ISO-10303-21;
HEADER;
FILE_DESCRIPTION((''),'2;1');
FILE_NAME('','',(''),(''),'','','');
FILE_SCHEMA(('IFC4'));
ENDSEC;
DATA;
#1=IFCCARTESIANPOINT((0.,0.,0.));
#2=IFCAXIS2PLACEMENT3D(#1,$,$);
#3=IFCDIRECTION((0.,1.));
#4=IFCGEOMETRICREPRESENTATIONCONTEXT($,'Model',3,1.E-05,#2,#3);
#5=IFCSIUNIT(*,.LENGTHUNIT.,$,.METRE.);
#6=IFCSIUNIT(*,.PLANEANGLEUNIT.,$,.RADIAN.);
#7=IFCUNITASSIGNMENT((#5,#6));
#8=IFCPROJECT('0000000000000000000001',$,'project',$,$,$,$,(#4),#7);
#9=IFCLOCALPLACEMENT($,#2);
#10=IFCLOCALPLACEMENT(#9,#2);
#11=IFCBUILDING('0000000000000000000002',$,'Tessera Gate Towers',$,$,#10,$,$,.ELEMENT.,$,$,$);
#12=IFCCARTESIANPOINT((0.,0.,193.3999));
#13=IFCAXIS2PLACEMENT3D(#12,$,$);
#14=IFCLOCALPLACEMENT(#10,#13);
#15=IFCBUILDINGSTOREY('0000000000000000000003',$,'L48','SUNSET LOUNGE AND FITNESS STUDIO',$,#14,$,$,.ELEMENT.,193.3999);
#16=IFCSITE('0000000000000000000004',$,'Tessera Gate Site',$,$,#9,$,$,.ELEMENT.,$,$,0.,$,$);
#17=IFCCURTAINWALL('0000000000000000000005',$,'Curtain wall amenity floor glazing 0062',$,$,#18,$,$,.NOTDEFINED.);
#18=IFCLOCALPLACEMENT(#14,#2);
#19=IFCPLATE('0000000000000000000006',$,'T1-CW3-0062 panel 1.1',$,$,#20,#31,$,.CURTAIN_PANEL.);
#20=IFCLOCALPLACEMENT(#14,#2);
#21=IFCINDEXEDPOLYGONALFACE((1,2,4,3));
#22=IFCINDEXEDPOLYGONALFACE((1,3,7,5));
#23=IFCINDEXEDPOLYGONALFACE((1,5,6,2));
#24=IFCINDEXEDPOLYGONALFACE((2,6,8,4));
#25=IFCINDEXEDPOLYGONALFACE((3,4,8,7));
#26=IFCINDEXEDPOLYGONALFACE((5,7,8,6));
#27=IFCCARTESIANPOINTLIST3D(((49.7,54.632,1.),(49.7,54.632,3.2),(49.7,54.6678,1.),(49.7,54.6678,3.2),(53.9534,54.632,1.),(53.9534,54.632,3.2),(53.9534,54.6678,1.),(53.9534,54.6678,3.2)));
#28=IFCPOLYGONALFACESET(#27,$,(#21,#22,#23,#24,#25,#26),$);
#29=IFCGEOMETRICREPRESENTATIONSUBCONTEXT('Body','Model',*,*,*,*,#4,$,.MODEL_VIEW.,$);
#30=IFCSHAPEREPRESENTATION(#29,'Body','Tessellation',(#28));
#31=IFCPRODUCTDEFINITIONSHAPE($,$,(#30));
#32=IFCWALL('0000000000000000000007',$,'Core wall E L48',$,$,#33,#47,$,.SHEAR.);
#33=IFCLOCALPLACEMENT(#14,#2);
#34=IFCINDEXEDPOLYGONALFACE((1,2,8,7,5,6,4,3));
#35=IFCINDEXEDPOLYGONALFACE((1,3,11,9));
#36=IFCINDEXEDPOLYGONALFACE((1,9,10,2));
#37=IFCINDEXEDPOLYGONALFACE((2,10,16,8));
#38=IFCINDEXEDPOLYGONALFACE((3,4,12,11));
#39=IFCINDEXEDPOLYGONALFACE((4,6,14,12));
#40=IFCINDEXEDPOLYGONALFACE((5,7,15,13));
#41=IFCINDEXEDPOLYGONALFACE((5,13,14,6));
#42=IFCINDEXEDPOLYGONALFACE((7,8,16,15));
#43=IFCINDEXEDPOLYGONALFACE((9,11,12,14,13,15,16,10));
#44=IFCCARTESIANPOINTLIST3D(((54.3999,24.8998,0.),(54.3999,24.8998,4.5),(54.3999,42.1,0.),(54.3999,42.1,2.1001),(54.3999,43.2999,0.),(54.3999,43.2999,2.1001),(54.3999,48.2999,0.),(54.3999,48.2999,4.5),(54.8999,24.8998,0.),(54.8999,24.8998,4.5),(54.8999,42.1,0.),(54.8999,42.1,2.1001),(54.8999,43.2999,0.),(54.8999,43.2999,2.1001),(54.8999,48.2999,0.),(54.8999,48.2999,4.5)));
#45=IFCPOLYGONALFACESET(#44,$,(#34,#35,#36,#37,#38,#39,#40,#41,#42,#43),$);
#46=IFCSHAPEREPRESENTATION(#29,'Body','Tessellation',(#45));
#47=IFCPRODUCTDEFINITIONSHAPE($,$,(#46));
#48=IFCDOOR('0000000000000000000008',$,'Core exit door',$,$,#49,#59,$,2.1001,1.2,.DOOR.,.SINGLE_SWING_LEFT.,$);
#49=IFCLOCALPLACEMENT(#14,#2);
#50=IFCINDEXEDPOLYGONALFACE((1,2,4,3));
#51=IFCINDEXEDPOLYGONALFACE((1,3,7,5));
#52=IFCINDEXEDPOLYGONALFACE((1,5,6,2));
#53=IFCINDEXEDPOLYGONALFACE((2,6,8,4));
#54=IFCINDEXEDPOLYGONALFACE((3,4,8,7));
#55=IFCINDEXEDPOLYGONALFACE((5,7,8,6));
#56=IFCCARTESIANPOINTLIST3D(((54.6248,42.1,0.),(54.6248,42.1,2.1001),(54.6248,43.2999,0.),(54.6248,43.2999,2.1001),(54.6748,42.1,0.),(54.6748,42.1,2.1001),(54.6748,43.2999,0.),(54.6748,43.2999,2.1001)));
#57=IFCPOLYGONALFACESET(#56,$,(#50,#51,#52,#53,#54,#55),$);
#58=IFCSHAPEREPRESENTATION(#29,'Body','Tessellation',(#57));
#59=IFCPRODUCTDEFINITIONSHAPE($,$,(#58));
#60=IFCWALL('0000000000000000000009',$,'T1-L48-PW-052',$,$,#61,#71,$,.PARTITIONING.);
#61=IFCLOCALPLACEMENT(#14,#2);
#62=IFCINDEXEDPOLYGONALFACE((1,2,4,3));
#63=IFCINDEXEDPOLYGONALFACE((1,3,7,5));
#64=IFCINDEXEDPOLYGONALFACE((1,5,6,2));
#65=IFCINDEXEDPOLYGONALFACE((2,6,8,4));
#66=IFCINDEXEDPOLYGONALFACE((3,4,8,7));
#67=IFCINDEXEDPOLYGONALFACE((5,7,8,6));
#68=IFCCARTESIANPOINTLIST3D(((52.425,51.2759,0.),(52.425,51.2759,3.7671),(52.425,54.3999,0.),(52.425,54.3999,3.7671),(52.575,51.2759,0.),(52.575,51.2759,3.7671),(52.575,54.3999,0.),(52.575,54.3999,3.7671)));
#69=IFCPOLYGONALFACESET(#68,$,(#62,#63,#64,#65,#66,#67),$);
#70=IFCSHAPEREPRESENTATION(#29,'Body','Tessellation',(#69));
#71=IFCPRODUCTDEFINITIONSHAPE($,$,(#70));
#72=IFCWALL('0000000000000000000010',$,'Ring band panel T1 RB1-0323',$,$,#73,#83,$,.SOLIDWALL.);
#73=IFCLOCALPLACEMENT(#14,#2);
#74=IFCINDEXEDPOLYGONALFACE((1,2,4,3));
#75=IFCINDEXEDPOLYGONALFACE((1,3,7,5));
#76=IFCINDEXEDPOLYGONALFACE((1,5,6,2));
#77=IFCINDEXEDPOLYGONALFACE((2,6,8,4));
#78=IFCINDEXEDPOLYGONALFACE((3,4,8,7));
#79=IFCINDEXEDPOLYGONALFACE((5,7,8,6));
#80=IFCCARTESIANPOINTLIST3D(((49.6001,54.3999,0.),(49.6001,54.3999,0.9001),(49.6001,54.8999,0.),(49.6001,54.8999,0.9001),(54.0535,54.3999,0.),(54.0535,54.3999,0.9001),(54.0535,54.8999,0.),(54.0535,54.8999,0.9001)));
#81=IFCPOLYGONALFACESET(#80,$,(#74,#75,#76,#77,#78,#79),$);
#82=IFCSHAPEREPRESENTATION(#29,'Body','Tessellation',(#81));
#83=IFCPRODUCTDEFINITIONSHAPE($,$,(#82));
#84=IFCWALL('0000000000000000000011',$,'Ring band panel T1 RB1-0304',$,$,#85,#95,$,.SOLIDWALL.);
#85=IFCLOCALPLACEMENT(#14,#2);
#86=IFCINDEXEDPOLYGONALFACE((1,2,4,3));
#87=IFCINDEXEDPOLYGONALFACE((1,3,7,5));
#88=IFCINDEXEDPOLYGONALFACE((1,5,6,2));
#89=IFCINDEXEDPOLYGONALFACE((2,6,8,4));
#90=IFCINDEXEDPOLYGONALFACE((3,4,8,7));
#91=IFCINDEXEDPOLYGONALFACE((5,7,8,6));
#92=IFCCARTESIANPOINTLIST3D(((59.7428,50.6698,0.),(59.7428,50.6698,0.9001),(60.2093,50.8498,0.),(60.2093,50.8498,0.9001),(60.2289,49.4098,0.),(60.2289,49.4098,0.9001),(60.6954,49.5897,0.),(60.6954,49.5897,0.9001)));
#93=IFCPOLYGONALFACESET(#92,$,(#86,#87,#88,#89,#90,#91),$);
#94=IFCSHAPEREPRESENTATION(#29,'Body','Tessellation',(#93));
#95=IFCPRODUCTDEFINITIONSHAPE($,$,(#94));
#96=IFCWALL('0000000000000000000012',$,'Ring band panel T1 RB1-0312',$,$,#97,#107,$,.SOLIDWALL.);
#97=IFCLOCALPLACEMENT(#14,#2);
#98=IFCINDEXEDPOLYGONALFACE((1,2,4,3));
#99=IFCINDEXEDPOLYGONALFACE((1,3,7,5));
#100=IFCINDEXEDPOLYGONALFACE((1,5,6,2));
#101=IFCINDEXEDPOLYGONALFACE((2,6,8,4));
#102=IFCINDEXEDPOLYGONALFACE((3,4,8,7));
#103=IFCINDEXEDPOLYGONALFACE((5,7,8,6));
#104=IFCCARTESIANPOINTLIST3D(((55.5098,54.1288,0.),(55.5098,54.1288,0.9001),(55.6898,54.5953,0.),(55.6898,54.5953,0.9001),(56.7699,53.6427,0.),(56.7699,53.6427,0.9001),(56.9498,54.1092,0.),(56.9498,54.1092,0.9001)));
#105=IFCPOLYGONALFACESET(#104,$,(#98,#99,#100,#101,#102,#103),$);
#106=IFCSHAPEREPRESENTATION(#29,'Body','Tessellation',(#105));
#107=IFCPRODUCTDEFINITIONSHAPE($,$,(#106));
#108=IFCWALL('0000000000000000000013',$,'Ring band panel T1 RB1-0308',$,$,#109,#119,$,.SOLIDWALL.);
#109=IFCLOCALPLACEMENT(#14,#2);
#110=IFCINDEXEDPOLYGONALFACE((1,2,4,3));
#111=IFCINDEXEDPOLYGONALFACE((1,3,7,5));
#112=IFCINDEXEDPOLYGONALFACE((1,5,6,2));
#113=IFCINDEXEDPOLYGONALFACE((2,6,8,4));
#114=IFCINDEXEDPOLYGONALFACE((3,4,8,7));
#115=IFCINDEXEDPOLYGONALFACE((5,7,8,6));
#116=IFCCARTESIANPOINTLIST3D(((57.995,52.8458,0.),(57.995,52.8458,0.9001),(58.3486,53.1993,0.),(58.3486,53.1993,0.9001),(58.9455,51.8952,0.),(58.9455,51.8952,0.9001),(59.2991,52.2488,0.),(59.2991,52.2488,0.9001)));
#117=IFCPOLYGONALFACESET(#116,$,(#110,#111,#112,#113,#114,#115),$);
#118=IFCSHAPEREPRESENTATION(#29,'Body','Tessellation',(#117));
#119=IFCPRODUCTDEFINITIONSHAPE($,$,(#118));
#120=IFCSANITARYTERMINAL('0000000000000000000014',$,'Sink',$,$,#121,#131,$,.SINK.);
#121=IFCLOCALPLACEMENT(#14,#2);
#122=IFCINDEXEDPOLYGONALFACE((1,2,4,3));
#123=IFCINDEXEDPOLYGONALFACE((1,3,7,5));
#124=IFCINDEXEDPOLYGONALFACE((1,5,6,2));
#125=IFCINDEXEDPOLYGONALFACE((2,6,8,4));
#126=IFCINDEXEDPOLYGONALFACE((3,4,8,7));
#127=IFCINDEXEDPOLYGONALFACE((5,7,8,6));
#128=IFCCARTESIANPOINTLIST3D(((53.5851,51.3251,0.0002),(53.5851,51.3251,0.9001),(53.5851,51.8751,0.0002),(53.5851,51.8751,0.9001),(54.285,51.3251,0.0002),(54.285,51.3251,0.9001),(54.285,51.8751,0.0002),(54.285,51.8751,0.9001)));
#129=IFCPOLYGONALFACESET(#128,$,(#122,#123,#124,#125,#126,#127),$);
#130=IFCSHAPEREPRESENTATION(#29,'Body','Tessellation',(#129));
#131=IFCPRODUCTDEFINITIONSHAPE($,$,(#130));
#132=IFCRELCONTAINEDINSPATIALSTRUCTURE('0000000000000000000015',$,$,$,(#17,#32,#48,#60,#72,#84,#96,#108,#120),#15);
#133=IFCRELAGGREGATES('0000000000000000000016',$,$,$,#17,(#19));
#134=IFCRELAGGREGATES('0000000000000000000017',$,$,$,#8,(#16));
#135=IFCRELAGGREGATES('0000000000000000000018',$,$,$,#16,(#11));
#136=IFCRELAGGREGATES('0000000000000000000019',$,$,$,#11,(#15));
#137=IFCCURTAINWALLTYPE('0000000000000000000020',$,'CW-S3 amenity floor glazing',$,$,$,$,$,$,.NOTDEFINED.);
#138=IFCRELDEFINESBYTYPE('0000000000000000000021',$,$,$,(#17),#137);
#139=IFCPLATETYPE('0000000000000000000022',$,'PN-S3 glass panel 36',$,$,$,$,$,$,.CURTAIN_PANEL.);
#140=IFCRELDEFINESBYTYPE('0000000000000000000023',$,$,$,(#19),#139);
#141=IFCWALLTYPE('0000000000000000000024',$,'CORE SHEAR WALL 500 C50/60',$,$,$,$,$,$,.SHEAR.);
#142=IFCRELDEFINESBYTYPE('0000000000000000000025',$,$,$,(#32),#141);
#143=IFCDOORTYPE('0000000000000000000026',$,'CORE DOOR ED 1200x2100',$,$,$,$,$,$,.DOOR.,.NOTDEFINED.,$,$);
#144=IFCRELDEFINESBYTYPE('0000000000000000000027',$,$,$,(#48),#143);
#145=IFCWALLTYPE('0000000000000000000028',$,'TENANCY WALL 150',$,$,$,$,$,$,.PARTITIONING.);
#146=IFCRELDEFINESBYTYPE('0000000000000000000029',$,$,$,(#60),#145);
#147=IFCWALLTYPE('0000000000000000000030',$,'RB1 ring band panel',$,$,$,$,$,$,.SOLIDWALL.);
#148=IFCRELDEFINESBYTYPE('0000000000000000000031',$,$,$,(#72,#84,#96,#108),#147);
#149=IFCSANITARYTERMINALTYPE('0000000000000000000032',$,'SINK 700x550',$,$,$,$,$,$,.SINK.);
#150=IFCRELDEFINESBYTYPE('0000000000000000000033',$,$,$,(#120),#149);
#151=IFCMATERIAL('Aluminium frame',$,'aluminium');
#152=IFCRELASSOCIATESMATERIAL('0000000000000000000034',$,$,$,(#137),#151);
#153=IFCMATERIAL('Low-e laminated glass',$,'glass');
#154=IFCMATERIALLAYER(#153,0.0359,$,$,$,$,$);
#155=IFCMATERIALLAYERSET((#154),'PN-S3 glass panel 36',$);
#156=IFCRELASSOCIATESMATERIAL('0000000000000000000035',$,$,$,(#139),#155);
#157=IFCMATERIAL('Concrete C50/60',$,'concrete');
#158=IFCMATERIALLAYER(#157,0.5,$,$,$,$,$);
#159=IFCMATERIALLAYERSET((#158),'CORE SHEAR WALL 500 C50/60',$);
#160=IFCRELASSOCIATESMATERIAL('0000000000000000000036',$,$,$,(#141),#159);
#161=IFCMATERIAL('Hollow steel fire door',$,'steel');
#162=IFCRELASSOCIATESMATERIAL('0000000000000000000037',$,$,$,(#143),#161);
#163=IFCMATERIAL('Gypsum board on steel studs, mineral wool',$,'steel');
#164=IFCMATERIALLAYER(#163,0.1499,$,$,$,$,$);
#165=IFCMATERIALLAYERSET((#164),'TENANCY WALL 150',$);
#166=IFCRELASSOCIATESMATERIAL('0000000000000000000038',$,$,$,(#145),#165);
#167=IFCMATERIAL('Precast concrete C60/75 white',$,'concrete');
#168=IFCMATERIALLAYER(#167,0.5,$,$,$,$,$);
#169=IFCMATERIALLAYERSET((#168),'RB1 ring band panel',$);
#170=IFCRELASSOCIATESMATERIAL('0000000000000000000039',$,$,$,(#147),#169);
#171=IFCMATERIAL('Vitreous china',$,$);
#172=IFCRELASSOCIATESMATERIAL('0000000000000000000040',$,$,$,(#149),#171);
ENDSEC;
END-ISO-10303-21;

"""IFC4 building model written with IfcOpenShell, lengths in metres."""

from ifc_helpers import new_model, si_unit, direction, frame, frame_2d, origin, origin_2d, place, context, subcontext, project, spatial, polyline, rectangle, outline, extrude, source, transform, mapped, material, layer, layer_set, type_object, element, fill, aggregate, save


model = new_model("IFC4")

# Units and contexts
model_context = context("Model", 3, precision=1e-05, world=origin(), true_north=direction((0.0, 1.0)))
body_context = subcontext(model_context, "Body", "Model", "MODEL_VIEW")
ifc_project = project(units=[si_unit("LENGTHUNIT", "METRE"), si_unit("PLANEANGLEUNIT", "RADIAN")], contexts=[model_context])

# Site, building, storey
site_placement = place(None, origin())
site = spatial("IfcSite", under=ifc_project, at=site_placement, Name="Tessera Gate Site", CompositionType="ELEMENT", RefElevation=0.0)
building_placement = place(site_placement, origin())
building = spatial("IfcBuilding", under=site, at=building_placement, Name="Tessera Gate Towers", CompositionType="ELEMENT")
storey_placement = place(building_placement, frame((0.0, 0.0, 193.3999)))
storey = spatial("IfcBuildingStorey", under=building, at=storey_placement, Name="L48", Description="SUNSET LOUNGE AND FITNESS STUDIO", CompositionType="ELEMENT", Elevation=193.3999)

# Shared definitions
ifc_material_1 = material(Name="Aluminium frame", Category="aluminium")
curtain_wall_type = type_object("IfcCurtainWallType", Name="CW-S3 amenity floor glazing", PredefinedType="NOTDEFINED", material=ifc_material_1)

# Curtain wall
curtain_wall_1_placement = place(storey_placement, origin())
curtain_wall_1 = element("IfcCurtainWall", 1, at=curtain_wall_1_placement, inside=storey, type_object=curtain_wall_type, Name="Curtain wall amenity floor glazing 0062", PredefinedType="NOTDEFINED")

# Plate
ifc_material_2 = material(Name="Low-e laminated glass", Category="glass")
ifc_layer_1 = layer(ifc_material_2, 0.0359)
ifc_layer_set_1 = layer_set([ifc_layer_1], Name="PN-S3 glass panel 36")
plate_type = type_object("IfcPlateType", Name="PN-S3 glass panel 36", PredefinedType="CURTAIN_PANEL", material=ifc_layer_set_1)
plate_1_placement = place(storey_placement, frame((51.8267, 54.6499, 1.0), z_axis=(0.0, 0.0, 1.0), x_axis=(-1.0, 0.0, 0.0)))
plate_1 = element("IfcPlate", 2, at=plate_1_placement, type_object=plate_type, Name="T1-CW3-0062 panel 1.1", PredefinedType="CURTAIN_PANEL", context=body_context, shape_type="SweptSolid", body=[
    extrude(rectangle(XDim=4.2534, YDim=0.0359, at=origin_2d()), origin(), (0.0, 0.0, 1.0), 2.2),
])
aggregate(curtain_wall_1, [plate_1])

# Wall, opening, door
ifc_material_3 = material(Name="Concrete C50/60", Category="concrete")
ifc_layer_2 = layer(ifc_material_3, 0.5)
ifc_layer_set_2 = layer_set([ifc_layer_2], Name="CORE SHEAR WALL 500 C50/60")
wall_type_1 = type_object("IfcWallType", Name="CORE SHEAR WALL 500 C50/60", PredefinedType="SHEAR", material=ifc_layer_set_2)
wall_1_placement = place(storey_placement, frame((54.6499, 48.3, 0.0), z_axis=(0.0, 0.0, 1.0), x_axis=(0.0, -1.0, 0.0)))
wall_1 = element("IfcWall", 3, at=wall_1_placement, inside=storey, type_object=wall_type_1, Name="Core wall E L48", PredefinedType="SHEAR", context=body_context, shape_type="SweptSolid", body=[
    extrude(rectangle(XDim=23.4001, YDim=0.5, at=frame_2d((11.7002, 0.0))), origin(), (0.0, 0.0, 1.0), 4.5),
])
shared_shape_1 = source(origin(), body_context, "Body", "SweptSolid", [
    extrude(rectangle(XDim=1.2, YDim=2.1001, at=frame_2d((0.6001, 1.05))), frame((0.0, 0.26, 0.0), z_axis=(0.0, -1.0, 0.0), x_axis=(1.0, 0.0, 0.0)), (0.0, 0.0, 1.0), 0.52),
])
opening_placement = place(wall_1_placement, frame((5.0, 0.0, 0.0)))
opening = element("IfcOpeningElement", 4, at=opening_placement, cuts=wall_1, PredefinedType="OPENING", context=body_context, shape_type="MappedRepresentation", body=[
    mapped(shared_shape_1, transform((0.0, 0.0, 0.0), scale=1.0)),
])
ifc_material_4 = material(Name="Hollow steel fire door", Category="steel")
door_type = type_object("IfcDoorType", Name="CORE DOOR ED 1200x2100", OperationType="NOTDEFINED", PredefinedType="DOOR", material=ifc_material_4)
shared_shape_2 = source(origin(), body_context, "Body", "SweptSolid", [
    extrude(rectangle(XDim=1.2, YDim=2.1001, at=frame_2d((0.6001, 1.05))), frame((0.0, 0.0249, 0.0), z_axis=(0.0, -1.0, 0.0), x_axis=(1.0, 0.0, 0.0)), (0.0, 0.0, 1.0), 0.05),
])
door_placement = place(opening_placement, origin())
door = element("IfcDoor", 5, at=door_placement, inside=storey, type_object=door_type, Name="Core exit door", OperationType="SINGLE_SWING_LEFT", OverallHeight=2.1001, OverallWidth=1.2, PredefinedType="DOOR", context=body_context, shape_type="MappedRepresentation", body=[
    mapped(shared_shape_2, transform((0.0, 0.0, 0.0), scale=1.0)),
])
fill(opening, door)

# Walls
ifc_material_5 = material(Name="Gypsum board on steel studs, mineral wool", Category="steel")
ifc_layer_3 = layer(ifc_material_5, 0.1499)
ifc_layer_set_3 = layer_set([ifc_layer_3], Name="TENANCY WALL 150")
wall_type_2 = type_object("IfcWallType", Name="TENANCY WALL 150", PredefinedType="PARTITIONING", material=ifc_layer_set_3)
wall_2_placement = place(storey_placement, frame((52.5, 51.2759, 0.0), z_axis=(0.0, 0.0, 1.0), x_axis=(0.0, 1.0, 0.0)))
element("IfcWall", 6, at=wall_2_placement, inside=storey, type_object=wall_type_2, Name="T1-L48-PW-052", PredefinedType="PARTITIONING", context=body_context, shape_type="SweptSolid", body=[
    extrude(rectangle(XDim=3.124, YDim=0.1499, at=frame_2d((1.562, 0.0))), origin(), (0.0, 0.0, 1.0), 3.7671),
])
ifc_material_6 = material(Name="Precast concrete C60/75 white", Category="concrete")
ifc_layer_4 = layer(ifc_material_6, 0.5)
ifc_layer_set_4 = layer_set([ifc_layer_4], Name="RB1 ring band panel")
wall_type_3 = type_object("IfcWallType", Name="RB1 ring band panel", PredefinedType="SOLIDWALL", material=ifc_layer_set_4)
shared_shape_3 = source(origin(), body_context, "Body", "SweptSolid", [
    extrude(outline(polyline([(0.0, 0.0), (4.4534, 0.0), (4.4534, 0.9001), (0.0, 0.9001), (0.0, 0.0)])), frame((0.0, 0.25, 0.0), z_axis=(0.0, -1.0, 0.0), x_axis=(1.0, 0.0, 0.0)), (0.0, 0.0, 1.0), 0.5),
])
wall_3_placement = place(storey_placement, frame((54.0535, 54.6499, 0.0), z_axis=(0.0, 0.0, 1.0), x_axis=(-1.0, 0.0, 0.0)))
element("IfcWall", 7, at=wall_3_placement, inside=storey, type_object=wall_type_3, Name="Ring band panel T1 RB1-0323", PredefinedType="SOLIDWALL", context=body_context, shape_type="MappedRepresentation", body=[
    mapped(shared_shape_3, transform((0.0, 0.0, 0.0), scale=1.0)),
])
shared_shape_4 = source(origin(), body_context, "Body", "SweptSolid", [
    extrude(outline(polyline([(0.0, 0.0), (1.3506, 0.0), (1.3506, 0.9001), (0.0, 0.9001), (0.0, 0.0)])), frame((0.0, 0.25, 0.0), z_axis=(0.0, -1.0, 0.0), x_axis=(1.0, 0.0, 0.0)), (0.0, 0.0, 1.0), 0.5),
])
for number, where, z_axis, x_axis, name in (
    (8, (60.4622, 49.4998, 0.0), (0.0, 0.0, 1.0), (-0.359924, 0.932982, 0.0), "Ring band panel T1 RB1-0304"),
    (9, (56.8599, 53.876, 0.0), (0.0, 0.0, 1.0), (-0.932982, 0.359924, 0.0), "Ring band panel T1 RB1-0312"),
):
    element("IfcWall", number, at=place(storey_placement, frame(where, z_axis=z_axis, x_axis=x_axis)), inside=storey, type_object=wall_type_3, Name=name, PredefinedType="SOLIDWALL", context=body_context, shape_type="MappedRepresentation", body=[
        mapped(shared_shape_4, transform((0.0, 0.0, 0.0), scale=1.0)),
    ])
shared_shape_5 = source(origin(), body_context, "Body", "SweptSolid", [
    extrude(outline(polyline([(0.0, 0.0), (1.3442, 0.0), (1.3442, 0.9001), (0.0, 0.9001), (0.0, 0.0)])), frame((0.0, 0.25, 0.0), z_axis=(0.0, -1.0, 0.0), x_axis=(1.0, 0.0, 0.0)), (0.0, 0.0, 1.0), 0.5),
])
wall_4_placement = place(storey_placement, frame((59.1223, 52.072, 0.0), z_axis=(0.0, 0.0, 1.0), x_axis=(-0.707107, 0.707107, 0.0)))
element("IfcWall", 10, at=wall_4_placement, inside=storey, type_object=wall_type_3, Name="Ring band panel T1 RB1-0308", PredefinedType="SOLIDWALL", context=body_context, shape_type="MappedRepresentation", body=[
    mapped(shared_shape_5, transform((0.0, 0.0, 0.0), scale=1.0)),
])

# Sanitary terminal
ifc_material_7 = material(Name="Vitreous china")
sanitary_terminal_type = type_object("IfcSanitaryTerminalType", Name="SINK 700x550", PredefinedType="SINK", material=ifc_material_7)
sanitary_terminal_placement = place(storey_placement, frame((53.9351, 51.6001, 0.0002), z_axis=(0.0, 0.0, 1.0), x_axis=(1.0, 0.0, 0.0)))
element("IfcSanitaryTerminal", 11, at=sanitary_terminal_placement, inside=storey, type_object=sanitary_terminal_type, Name="Sink", PredefinedType="SINK", context=body_context, shape_type="SweptSolid", body=[
    extrude(rectangle(XDim=0.7, YDim=0.55, at=origin_2d()), origin(), (0.0, 0.0, 1.0), 0.8999),
])

save(model, "model.ifc")
